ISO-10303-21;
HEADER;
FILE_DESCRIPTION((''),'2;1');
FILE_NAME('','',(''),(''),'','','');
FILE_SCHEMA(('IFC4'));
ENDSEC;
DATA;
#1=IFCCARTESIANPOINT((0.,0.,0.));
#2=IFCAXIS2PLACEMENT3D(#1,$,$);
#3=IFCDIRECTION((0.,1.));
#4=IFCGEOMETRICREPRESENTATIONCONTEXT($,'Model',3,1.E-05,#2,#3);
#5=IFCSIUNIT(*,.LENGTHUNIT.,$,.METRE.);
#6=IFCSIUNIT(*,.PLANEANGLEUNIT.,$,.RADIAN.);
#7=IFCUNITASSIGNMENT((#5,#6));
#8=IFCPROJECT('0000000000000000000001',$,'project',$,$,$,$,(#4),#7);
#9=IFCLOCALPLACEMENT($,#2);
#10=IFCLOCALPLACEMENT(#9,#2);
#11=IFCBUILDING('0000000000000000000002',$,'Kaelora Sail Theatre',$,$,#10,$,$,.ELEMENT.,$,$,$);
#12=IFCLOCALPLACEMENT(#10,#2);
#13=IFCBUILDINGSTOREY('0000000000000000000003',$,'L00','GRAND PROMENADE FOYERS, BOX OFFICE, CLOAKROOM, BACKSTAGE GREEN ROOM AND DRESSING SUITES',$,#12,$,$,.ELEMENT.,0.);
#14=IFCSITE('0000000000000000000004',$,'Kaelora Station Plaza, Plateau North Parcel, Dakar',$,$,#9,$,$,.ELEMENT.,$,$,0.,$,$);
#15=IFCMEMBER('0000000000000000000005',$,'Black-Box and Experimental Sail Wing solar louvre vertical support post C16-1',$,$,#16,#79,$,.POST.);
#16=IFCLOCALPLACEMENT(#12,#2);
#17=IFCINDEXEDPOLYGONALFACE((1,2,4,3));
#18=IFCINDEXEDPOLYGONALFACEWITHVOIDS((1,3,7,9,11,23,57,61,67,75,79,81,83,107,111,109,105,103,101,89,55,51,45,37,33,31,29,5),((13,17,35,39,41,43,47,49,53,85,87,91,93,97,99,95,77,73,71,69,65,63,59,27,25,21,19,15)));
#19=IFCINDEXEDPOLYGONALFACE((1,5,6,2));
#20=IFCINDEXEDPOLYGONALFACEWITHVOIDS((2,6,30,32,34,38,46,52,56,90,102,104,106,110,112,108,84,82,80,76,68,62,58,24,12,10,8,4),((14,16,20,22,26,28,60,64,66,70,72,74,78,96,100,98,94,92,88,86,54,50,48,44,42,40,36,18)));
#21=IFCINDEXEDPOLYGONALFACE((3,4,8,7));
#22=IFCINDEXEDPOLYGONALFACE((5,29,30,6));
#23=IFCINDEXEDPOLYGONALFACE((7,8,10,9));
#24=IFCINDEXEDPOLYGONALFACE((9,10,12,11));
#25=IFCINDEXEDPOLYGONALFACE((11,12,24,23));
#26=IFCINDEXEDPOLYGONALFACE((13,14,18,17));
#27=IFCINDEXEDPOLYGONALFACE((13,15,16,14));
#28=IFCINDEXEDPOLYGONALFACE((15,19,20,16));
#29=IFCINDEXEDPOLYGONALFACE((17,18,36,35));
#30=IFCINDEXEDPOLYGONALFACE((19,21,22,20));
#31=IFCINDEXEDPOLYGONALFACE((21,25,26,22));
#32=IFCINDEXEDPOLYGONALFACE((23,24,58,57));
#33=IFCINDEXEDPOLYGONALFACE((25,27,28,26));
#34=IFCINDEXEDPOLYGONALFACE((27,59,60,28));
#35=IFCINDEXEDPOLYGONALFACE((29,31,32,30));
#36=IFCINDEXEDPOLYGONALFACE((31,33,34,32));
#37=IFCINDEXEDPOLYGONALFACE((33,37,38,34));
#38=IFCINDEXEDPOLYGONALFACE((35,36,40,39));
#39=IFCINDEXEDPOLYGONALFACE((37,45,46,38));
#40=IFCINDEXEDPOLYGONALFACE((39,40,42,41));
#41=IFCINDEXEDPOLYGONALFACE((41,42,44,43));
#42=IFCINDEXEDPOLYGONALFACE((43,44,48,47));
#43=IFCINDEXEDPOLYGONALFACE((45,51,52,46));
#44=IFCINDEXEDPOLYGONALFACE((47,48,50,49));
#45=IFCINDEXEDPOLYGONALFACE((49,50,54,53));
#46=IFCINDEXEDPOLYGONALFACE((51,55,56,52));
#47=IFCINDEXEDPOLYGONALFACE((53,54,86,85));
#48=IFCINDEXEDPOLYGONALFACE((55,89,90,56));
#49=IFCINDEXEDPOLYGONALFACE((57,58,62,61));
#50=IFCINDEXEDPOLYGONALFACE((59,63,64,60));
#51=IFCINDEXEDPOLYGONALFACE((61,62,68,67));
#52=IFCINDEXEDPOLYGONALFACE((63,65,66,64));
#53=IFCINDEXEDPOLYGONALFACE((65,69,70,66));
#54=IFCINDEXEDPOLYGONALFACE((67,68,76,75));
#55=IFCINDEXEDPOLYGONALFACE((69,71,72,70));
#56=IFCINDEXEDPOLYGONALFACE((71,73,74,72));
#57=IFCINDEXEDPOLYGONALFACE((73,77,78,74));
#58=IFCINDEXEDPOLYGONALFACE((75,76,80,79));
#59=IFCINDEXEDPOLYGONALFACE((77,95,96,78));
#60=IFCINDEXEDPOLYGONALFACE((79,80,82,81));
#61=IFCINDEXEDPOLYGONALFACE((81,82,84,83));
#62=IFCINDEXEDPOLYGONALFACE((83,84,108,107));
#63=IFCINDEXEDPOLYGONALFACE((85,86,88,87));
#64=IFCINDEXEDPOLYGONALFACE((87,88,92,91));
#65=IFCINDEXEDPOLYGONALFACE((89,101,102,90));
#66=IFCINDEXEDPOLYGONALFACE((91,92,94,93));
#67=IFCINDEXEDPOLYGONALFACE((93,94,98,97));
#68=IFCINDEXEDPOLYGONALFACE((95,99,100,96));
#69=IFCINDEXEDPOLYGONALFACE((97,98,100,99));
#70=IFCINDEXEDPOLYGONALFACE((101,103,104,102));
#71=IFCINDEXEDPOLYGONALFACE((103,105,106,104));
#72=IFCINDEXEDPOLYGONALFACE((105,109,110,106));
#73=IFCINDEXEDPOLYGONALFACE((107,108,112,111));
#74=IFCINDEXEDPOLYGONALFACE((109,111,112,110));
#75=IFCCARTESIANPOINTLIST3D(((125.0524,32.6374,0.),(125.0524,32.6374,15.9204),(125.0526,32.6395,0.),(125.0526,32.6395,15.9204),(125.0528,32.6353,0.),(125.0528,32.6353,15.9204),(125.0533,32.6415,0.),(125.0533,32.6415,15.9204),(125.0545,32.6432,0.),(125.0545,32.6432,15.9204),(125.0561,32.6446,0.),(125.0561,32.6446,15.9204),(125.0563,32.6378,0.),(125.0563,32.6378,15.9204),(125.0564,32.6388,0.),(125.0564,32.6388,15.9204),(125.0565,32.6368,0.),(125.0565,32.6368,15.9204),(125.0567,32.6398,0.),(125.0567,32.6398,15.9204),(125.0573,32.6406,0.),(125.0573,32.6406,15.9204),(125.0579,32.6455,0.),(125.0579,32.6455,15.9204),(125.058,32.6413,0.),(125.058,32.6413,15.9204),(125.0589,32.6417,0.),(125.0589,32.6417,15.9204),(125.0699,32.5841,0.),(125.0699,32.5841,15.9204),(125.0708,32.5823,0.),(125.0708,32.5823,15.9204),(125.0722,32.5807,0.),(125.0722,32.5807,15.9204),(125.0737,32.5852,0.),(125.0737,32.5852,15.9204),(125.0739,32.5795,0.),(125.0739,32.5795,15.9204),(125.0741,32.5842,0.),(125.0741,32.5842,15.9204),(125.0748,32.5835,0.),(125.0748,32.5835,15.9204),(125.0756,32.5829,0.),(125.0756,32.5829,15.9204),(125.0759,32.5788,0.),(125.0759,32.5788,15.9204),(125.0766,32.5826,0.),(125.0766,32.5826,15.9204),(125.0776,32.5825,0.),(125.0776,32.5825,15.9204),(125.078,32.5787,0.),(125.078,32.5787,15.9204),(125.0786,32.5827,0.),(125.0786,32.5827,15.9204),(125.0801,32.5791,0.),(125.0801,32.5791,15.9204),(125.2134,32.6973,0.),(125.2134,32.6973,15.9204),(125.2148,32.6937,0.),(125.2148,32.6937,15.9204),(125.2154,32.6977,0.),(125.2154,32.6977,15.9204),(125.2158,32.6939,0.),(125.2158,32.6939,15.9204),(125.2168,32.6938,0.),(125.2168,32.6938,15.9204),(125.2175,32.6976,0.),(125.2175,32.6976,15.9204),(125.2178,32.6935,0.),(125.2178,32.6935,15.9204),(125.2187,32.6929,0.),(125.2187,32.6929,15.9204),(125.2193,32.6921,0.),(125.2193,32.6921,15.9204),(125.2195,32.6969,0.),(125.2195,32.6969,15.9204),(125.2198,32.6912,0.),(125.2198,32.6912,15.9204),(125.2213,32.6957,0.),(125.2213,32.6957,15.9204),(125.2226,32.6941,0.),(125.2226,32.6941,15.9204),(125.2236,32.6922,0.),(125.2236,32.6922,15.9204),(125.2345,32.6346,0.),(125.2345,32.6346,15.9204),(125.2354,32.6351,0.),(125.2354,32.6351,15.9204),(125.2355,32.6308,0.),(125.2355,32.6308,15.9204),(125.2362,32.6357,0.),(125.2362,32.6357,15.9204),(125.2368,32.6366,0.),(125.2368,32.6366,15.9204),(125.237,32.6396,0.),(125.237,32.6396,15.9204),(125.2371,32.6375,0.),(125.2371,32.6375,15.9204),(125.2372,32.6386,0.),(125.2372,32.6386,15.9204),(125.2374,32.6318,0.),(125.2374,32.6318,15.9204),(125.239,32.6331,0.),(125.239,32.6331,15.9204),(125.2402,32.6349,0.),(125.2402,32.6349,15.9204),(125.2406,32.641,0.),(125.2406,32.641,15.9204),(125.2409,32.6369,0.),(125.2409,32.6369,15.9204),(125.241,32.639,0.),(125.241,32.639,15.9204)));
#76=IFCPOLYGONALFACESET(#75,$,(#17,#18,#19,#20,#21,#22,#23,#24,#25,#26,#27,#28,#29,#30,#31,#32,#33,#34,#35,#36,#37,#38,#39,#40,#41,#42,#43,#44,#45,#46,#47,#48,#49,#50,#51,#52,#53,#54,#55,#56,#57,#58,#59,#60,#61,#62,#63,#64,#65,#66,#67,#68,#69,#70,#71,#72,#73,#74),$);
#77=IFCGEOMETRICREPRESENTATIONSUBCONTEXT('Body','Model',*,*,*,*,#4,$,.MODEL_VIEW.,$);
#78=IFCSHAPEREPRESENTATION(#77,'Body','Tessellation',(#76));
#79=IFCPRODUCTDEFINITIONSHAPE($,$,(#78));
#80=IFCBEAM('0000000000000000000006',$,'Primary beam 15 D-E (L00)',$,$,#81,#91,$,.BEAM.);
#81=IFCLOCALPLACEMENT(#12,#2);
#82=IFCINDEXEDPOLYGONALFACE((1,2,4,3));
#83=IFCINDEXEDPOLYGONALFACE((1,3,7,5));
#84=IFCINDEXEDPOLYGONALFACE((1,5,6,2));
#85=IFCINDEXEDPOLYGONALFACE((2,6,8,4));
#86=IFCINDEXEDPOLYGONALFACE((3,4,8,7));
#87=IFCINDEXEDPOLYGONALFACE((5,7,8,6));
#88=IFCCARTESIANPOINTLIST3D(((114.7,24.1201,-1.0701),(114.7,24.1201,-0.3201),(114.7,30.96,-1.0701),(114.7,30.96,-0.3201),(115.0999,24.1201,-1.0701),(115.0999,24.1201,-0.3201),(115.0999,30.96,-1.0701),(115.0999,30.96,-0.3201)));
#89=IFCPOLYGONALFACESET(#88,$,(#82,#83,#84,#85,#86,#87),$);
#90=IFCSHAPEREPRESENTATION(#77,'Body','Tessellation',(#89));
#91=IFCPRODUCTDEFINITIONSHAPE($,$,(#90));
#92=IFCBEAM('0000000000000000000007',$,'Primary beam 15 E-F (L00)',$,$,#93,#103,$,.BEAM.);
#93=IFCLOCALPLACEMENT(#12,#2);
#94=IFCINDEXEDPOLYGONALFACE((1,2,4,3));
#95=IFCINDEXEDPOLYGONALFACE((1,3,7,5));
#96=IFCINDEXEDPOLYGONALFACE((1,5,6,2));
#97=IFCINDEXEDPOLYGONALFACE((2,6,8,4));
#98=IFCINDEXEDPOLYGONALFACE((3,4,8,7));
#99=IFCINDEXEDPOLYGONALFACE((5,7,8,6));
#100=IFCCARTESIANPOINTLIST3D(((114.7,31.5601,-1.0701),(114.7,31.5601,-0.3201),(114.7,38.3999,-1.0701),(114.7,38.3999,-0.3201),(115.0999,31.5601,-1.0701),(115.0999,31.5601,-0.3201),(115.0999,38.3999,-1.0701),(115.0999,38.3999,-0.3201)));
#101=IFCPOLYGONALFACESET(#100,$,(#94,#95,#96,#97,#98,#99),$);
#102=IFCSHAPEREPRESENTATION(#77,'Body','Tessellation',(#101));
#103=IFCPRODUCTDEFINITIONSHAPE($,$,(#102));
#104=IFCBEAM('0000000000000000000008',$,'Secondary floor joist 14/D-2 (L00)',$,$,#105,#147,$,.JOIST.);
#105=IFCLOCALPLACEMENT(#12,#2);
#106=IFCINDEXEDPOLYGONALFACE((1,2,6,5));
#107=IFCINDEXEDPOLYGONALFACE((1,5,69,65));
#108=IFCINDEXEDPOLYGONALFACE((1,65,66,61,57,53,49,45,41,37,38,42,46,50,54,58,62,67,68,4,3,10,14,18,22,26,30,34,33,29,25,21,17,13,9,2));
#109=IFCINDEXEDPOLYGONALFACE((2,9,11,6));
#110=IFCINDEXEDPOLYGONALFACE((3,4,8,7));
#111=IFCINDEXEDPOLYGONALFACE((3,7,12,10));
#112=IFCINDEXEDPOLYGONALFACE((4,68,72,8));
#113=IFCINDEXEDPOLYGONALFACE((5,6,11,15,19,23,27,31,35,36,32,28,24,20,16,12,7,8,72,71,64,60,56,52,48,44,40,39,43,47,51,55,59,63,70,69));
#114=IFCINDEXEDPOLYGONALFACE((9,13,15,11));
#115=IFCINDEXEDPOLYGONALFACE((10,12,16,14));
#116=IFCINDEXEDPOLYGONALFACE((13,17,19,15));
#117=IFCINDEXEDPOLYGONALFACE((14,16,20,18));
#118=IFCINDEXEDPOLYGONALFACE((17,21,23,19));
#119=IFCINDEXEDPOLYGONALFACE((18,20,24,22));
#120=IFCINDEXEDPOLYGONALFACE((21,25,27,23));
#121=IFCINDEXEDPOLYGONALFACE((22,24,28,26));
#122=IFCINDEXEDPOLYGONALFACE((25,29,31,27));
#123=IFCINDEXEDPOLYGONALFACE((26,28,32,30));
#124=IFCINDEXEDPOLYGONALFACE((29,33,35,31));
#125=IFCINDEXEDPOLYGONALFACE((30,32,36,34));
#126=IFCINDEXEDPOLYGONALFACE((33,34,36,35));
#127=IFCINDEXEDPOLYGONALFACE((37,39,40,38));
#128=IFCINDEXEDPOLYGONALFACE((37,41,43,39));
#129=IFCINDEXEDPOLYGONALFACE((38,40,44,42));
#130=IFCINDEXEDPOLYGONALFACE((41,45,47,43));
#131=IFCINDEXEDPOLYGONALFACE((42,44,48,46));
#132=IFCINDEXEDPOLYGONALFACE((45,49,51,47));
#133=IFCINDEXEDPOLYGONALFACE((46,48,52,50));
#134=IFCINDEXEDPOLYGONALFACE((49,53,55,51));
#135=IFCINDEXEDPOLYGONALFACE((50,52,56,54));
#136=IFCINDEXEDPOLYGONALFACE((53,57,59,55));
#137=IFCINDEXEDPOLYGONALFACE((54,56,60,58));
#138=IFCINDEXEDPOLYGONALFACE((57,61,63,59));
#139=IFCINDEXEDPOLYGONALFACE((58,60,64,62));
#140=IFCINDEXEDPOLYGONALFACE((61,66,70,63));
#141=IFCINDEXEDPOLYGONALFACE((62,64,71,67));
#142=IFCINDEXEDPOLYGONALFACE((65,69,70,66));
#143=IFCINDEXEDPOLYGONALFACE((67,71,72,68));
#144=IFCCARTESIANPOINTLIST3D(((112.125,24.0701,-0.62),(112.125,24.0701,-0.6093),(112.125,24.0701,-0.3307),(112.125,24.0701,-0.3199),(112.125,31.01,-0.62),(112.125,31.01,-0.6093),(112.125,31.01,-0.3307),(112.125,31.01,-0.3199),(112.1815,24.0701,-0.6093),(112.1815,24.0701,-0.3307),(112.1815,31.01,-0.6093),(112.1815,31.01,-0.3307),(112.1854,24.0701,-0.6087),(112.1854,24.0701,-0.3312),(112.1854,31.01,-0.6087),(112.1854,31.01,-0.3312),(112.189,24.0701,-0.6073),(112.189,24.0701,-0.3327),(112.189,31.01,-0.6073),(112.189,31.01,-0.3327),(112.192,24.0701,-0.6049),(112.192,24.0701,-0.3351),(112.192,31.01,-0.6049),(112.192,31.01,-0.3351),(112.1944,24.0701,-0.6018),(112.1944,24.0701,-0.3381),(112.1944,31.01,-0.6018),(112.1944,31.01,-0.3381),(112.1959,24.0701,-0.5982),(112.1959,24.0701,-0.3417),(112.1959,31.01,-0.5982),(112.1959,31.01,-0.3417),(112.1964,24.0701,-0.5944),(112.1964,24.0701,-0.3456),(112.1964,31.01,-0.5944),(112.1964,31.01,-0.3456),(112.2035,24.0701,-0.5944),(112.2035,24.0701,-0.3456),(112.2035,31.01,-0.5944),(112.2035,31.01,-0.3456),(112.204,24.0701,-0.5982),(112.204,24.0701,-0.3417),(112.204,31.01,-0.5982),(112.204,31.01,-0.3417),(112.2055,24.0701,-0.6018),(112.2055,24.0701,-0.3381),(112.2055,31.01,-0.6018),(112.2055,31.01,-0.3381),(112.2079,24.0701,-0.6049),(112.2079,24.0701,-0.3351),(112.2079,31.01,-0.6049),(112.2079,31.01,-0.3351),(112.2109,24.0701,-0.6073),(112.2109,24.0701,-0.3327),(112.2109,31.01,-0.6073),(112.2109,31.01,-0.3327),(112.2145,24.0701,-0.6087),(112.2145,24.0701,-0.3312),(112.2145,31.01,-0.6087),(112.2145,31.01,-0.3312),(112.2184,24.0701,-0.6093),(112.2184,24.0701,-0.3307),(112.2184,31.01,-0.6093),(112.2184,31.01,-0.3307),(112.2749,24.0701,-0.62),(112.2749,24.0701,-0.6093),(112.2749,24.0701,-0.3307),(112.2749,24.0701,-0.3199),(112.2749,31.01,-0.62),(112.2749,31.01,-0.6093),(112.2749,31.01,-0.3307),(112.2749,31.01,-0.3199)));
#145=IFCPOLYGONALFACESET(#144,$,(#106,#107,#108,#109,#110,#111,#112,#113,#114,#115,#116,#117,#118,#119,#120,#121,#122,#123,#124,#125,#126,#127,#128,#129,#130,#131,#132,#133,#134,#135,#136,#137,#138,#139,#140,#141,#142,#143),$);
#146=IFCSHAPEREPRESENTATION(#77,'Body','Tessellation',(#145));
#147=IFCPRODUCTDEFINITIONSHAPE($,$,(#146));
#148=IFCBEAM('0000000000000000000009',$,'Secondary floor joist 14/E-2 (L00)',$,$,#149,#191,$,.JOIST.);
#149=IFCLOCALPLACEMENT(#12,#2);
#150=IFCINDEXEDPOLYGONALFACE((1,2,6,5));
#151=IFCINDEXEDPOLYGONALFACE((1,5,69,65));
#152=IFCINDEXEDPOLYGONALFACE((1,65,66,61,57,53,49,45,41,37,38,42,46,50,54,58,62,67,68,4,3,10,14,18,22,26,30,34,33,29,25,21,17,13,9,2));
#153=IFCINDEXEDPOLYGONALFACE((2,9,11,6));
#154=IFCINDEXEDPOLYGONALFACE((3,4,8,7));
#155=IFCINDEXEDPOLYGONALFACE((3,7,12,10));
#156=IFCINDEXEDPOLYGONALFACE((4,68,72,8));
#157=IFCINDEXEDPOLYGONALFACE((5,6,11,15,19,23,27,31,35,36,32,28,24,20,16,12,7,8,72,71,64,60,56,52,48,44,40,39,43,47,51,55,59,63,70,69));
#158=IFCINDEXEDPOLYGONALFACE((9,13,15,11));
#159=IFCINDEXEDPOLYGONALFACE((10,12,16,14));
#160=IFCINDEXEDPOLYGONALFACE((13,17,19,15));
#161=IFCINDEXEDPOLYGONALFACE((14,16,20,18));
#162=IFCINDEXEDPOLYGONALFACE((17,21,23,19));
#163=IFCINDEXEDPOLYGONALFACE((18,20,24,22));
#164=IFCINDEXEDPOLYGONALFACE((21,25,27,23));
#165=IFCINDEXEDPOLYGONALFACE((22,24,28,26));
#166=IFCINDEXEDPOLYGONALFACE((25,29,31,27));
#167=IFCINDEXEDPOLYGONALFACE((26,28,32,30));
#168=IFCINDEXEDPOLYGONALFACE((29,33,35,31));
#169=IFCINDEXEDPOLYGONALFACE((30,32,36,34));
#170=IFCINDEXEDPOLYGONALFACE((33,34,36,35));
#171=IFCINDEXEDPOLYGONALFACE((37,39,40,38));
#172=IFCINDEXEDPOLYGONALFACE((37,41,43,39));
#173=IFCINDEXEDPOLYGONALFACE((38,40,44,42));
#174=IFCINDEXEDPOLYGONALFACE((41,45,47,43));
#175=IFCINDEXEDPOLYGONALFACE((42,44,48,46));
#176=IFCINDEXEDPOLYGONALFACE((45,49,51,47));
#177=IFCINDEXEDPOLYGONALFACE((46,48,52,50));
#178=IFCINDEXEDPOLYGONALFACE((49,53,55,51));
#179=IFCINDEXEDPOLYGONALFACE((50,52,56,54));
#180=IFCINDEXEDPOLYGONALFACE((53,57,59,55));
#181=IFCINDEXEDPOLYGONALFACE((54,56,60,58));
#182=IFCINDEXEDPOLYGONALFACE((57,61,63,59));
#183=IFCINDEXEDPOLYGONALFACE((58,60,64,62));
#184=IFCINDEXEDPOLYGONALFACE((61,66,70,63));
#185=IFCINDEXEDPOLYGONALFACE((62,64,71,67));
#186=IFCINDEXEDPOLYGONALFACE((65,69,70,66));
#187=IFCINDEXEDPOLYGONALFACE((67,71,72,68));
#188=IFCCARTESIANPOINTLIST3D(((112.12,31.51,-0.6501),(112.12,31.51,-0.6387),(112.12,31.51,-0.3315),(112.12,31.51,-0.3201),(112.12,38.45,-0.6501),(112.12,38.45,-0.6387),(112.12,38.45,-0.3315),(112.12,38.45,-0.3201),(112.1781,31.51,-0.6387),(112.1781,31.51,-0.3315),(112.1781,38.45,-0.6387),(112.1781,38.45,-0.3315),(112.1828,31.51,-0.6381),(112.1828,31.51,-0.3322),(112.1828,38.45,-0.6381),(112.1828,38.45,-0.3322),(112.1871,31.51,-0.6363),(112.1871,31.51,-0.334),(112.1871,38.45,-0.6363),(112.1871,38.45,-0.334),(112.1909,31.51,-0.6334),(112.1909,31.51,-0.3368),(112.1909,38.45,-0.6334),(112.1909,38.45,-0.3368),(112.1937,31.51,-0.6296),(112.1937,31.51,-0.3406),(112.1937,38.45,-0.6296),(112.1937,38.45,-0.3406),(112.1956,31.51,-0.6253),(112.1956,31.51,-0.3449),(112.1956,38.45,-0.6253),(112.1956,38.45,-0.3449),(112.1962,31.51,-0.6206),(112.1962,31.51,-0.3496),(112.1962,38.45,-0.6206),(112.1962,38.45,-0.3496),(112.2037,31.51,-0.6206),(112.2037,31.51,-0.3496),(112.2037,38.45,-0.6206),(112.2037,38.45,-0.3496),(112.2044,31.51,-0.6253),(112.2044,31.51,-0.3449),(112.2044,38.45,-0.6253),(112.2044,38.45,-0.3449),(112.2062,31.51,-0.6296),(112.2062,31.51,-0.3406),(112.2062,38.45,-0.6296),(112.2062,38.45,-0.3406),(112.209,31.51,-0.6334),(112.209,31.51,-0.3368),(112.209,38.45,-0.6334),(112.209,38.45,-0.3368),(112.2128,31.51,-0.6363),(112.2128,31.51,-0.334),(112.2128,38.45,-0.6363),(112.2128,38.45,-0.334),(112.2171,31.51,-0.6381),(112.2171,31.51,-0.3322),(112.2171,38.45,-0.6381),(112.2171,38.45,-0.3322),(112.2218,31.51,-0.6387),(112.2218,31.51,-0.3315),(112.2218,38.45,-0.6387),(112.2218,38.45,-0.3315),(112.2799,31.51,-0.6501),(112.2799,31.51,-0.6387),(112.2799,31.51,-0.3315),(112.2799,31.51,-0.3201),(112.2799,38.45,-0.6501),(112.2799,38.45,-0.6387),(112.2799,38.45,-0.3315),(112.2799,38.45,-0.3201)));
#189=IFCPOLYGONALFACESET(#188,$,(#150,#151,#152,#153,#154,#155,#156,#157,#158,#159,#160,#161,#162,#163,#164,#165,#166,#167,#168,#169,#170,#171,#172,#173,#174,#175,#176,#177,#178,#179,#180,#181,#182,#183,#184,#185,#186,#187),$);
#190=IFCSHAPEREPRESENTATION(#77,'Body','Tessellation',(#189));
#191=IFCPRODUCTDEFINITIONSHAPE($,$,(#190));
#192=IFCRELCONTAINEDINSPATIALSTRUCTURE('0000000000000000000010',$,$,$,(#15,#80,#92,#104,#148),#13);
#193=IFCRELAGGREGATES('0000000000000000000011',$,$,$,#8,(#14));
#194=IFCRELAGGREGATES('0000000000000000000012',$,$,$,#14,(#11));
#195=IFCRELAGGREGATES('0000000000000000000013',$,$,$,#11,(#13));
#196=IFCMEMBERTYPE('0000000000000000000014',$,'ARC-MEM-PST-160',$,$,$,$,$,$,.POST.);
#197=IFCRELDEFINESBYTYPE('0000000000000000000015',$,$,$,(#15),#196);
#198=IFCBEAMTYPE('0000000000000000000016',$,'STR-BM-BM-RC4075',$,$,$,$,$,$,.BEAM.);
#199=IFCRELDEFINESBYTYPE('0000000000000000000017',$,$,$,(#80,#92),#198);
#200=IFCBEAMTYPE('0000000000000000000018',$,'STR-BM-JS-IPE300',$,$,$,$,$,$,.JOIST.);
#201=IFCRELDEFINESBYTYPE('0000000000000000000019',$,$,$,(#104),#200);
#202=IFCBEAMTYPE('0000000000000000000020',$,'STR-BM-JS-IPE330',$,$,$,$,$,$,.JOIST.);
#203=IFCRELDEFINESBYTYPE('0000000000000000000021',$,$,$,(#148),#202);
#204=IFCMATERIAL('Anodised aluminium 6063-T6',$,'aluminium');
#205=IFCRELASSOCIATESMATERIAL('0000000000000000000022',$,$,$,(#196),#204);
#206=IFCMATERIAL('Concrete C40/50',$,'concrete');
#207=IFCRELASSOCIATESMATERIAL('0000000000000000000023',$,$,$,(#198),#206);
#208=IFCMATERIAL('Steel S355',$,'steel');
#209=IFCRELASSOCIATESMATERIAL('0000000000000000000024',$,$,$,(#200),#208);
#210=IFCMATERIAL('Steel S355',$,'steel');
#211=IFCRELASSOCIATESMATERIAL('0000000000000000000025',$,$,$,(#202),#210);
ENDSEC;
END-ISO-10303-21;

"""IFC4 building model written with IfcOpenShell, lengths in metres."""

from ifc_helpers import new_model, si_unit, direction, frame, origin, origin_2d, place, context, subcontext, project, spatial, rectangle, hollow_rectangle, i_section, extrude, material, material_profile, profile_set, type_object, element, save


model = new_model("IFC4")

# Units and contexts
model_context = context("Model", 3, precision=1e-05, world=origin(), true_north=direction((0.0, 1.0)))
body_context = subcontext(model_context, "Body", "Model", "MODEL_VIEW")
ifc_project = project(units=[si_unit("LENGTHUNIT", "METRE"), si_unit("PLANEANGLEUNIT", "RADIAN")], contexts=[model_context])

# Site, building, storey
site_placement = place(None, origin())
site = spatial("IfcSite", under=ifc_project, at=site_placement, Name="Kaelora Station Plaza, Plateau North Parcel, Dakar", CompositionType="ELEMENT", RefElevation=0.0)
building_placement = place(site_placement, origin())
building = spatial("IfcBuilding", under=site, at=building_placement, Name="Kaelora Sail Theatre", CompositionType="ELEMENT")
storey_placement = place(building_placement, origin())
storey = spatial("IfcBuildingStorey", under=building, at=storey_placement, Name="L00", Description="GRAND PROMENADE FOYERS, BOX OFFICE, CLOAKROOM, BACKSTAGE GREEN ROOM AND DRESSING SUITES", CompositionType="ELEMENT", Elevation=0.0)

# Member
ifc_material_1 = material(Name="Anodised aluminium 6063-T6", Category="aluminium")
ifc_material_profile_1 = material_profile(ifc_material_1, hollow_rectangle(XDim=0.0701, YDim=0.1799, WallThickness=0.0039, InnerFilletRadius=0.0039, OuterFilletRadius=0.0081, at=origin_2d()), Name="ALU-MULL 70x180x4")
ifc_profile_set_1 = profile_set([ifc_material_profile_1], Name="Anodised aluminium 6063-T6")
member_type_1 = type_object("IfcMemberType", Name="ARC-MEM-PST-160", PredefinedType="POST", material=ifc_profile_set_1)
member_placement = place(storey_placement, frame((125.1467, 32.6382, 0.0), z_axis=(0.0, 0.0, 1.0), x_axis=(-0.316146, 0.948711, 0.0)))
element("IfcMember", 1, at=member_placement, inside=storey, type_object=member_type_1, Name="Black-Box and Experimental Sail Wing solar louvre vertical support post C16-1", PredefinedType="POST", context=body_context, shape_type="SweptSolid", body=[
    extrude(hollow_rectangle(XDim=0.0701, YDim=0.1799, WallThickness=0.0039, InnerFilletRadius=0.0039, OuterFilletRadius=0.0081, at=origin_2d()), origin(), (0.0, 0.0, 1.0), 15.9204),
])

# Beams
ifc_material_2 = material(Name="Concrete C40/50", Category="concrete")
ifc_material_profile_2 = material_profile(ifc_material_2, rectangle(XDim=0.3999, YDim=0.75, at=origin_2d()), Name="RC-BM 400x750")
ifc_profile_set_2 = profile_set([ifc_material_profile_2], Name="Concrete C40/50")
beam_type_1 = type_object("IfcBeamType", Name="STR-BM-BM-RC4075", PredefinedType="BEAM", material=ifc_profile_set_2)
for number, where, z_axis, x_axis, name in (
    (2, (114.8999, 24.1201, -0.6951), (0.0, 1.0, 0.0), (-1.0, 0.0, 0.0), "Primary beam 15 D-E (L00)"),
    (3, (114.8999, 31.5601, -0.6951), (0.0, 1.0, 0.0), (-1.0, 0.0, 0.0), "Primary beam 15 E-F (L00)"),
):
    element("IfcBeam", number, at=place(storey_placement, frame(where, z_axis=z_axis, x_axis=x_axis)), inside=storey, type_object=beam_type_1, Name=name, PredefinedType="BEAM", context=body_context, shape_type="SweptSolid", body=[
        extrude(rectangle(XDim=0.3999, YDim=0.75, at=origin_2d()), origin(), (0.0, 0.0, 1.0), 6.8398),
    ])
ifc_material_3 = material(Name="Steel S355", Category="steel")
ifc_material_profile_3 = material_profile(ifc_material_3, i_section(OverallWidth=0.1499, OverallDepth=0.3, WebThickness=0.0071, FlangeThickness=0.0107, FilletRadius=0.0149, at=origin_2d()), Name="IPE 300")
ifc_profile_set_3 = profile_set([ifc_material_profile_3], Name="Steel S355")
beam_type_2 = type_object("IfcBeamType", Name="STR-BM-JS-IPE300", PredefinedType="JOIST", material=ifc_profile_set_3)
beam_1_placement = place(storey_placement, frame((112.2, 24.0701, -0.47), z_axis=(0.0, 1.0, 0.0), x_axis=(-1.0, 0.0, 0.0)))
element("IfcBeam", 4, at=beam_1_placement, inside=storey, type_object=beam_type_2, Name="Secondary floor joist 14/D-2 (L00)", PredefinedType="JOIST", context=body_context, shape_type="SweptSolid", body=[
    extrude(i_section(OverallWidth=0.1499, OverallDepth=0.3, WebThickness=0.0071, FlangeThickness=0.0107, FilletRadius=0.0149, at=origin_2d()), origin(), (0.0, 0.0, 1.0), 6.9399),
])
ifc_material_4 = material(Name="Steel S355", Category="steel")
ifc_material_profile_4 = material_profile(ifc_material_4, i_section(OverallWidth=0.1599, OverallDepth=0.3301, WebThickness=0.0076, FlangeThickness=0.0115, FilletRadius=0.0181, at=origin_2d()), Name="IPE 330")
ifc_profile_set_4 = profile_set([ifc_material_profile_4], Name="Steel S355")
beam_type_3 = type_object("IfcBeamType", Name="STR-BM-JS-IPE330", PredefinedType="JOIST", material=ifc_profile_set_4)
beam_2_placement = place(storey_placement, frame((112.2, 31.51, -0.4851), z_axis=(0.0, 1.0, 0.0), x_axis=(-1.0, 0.0, 0.0)))
element("IfcBeam", 5, at=beam_2_placement, inside=storey, type_object=beam_type_3, Name="Secondary floor joist 14/E-2 (L00)", PredefinedType="JOIST", context=body_context, shape_type="SweptSolid", body=[
    extrude(i_section(OverallWidth=0.1599, OverallDepth=0.3301, WebThickness=0.0076, FlangeThickness=0.0115, FilletRadius=0.0181, at=origin_2d()), origin(), (0.0, 0.0, 1.0), 6.9399),
])

save(model, "model.ifc")
